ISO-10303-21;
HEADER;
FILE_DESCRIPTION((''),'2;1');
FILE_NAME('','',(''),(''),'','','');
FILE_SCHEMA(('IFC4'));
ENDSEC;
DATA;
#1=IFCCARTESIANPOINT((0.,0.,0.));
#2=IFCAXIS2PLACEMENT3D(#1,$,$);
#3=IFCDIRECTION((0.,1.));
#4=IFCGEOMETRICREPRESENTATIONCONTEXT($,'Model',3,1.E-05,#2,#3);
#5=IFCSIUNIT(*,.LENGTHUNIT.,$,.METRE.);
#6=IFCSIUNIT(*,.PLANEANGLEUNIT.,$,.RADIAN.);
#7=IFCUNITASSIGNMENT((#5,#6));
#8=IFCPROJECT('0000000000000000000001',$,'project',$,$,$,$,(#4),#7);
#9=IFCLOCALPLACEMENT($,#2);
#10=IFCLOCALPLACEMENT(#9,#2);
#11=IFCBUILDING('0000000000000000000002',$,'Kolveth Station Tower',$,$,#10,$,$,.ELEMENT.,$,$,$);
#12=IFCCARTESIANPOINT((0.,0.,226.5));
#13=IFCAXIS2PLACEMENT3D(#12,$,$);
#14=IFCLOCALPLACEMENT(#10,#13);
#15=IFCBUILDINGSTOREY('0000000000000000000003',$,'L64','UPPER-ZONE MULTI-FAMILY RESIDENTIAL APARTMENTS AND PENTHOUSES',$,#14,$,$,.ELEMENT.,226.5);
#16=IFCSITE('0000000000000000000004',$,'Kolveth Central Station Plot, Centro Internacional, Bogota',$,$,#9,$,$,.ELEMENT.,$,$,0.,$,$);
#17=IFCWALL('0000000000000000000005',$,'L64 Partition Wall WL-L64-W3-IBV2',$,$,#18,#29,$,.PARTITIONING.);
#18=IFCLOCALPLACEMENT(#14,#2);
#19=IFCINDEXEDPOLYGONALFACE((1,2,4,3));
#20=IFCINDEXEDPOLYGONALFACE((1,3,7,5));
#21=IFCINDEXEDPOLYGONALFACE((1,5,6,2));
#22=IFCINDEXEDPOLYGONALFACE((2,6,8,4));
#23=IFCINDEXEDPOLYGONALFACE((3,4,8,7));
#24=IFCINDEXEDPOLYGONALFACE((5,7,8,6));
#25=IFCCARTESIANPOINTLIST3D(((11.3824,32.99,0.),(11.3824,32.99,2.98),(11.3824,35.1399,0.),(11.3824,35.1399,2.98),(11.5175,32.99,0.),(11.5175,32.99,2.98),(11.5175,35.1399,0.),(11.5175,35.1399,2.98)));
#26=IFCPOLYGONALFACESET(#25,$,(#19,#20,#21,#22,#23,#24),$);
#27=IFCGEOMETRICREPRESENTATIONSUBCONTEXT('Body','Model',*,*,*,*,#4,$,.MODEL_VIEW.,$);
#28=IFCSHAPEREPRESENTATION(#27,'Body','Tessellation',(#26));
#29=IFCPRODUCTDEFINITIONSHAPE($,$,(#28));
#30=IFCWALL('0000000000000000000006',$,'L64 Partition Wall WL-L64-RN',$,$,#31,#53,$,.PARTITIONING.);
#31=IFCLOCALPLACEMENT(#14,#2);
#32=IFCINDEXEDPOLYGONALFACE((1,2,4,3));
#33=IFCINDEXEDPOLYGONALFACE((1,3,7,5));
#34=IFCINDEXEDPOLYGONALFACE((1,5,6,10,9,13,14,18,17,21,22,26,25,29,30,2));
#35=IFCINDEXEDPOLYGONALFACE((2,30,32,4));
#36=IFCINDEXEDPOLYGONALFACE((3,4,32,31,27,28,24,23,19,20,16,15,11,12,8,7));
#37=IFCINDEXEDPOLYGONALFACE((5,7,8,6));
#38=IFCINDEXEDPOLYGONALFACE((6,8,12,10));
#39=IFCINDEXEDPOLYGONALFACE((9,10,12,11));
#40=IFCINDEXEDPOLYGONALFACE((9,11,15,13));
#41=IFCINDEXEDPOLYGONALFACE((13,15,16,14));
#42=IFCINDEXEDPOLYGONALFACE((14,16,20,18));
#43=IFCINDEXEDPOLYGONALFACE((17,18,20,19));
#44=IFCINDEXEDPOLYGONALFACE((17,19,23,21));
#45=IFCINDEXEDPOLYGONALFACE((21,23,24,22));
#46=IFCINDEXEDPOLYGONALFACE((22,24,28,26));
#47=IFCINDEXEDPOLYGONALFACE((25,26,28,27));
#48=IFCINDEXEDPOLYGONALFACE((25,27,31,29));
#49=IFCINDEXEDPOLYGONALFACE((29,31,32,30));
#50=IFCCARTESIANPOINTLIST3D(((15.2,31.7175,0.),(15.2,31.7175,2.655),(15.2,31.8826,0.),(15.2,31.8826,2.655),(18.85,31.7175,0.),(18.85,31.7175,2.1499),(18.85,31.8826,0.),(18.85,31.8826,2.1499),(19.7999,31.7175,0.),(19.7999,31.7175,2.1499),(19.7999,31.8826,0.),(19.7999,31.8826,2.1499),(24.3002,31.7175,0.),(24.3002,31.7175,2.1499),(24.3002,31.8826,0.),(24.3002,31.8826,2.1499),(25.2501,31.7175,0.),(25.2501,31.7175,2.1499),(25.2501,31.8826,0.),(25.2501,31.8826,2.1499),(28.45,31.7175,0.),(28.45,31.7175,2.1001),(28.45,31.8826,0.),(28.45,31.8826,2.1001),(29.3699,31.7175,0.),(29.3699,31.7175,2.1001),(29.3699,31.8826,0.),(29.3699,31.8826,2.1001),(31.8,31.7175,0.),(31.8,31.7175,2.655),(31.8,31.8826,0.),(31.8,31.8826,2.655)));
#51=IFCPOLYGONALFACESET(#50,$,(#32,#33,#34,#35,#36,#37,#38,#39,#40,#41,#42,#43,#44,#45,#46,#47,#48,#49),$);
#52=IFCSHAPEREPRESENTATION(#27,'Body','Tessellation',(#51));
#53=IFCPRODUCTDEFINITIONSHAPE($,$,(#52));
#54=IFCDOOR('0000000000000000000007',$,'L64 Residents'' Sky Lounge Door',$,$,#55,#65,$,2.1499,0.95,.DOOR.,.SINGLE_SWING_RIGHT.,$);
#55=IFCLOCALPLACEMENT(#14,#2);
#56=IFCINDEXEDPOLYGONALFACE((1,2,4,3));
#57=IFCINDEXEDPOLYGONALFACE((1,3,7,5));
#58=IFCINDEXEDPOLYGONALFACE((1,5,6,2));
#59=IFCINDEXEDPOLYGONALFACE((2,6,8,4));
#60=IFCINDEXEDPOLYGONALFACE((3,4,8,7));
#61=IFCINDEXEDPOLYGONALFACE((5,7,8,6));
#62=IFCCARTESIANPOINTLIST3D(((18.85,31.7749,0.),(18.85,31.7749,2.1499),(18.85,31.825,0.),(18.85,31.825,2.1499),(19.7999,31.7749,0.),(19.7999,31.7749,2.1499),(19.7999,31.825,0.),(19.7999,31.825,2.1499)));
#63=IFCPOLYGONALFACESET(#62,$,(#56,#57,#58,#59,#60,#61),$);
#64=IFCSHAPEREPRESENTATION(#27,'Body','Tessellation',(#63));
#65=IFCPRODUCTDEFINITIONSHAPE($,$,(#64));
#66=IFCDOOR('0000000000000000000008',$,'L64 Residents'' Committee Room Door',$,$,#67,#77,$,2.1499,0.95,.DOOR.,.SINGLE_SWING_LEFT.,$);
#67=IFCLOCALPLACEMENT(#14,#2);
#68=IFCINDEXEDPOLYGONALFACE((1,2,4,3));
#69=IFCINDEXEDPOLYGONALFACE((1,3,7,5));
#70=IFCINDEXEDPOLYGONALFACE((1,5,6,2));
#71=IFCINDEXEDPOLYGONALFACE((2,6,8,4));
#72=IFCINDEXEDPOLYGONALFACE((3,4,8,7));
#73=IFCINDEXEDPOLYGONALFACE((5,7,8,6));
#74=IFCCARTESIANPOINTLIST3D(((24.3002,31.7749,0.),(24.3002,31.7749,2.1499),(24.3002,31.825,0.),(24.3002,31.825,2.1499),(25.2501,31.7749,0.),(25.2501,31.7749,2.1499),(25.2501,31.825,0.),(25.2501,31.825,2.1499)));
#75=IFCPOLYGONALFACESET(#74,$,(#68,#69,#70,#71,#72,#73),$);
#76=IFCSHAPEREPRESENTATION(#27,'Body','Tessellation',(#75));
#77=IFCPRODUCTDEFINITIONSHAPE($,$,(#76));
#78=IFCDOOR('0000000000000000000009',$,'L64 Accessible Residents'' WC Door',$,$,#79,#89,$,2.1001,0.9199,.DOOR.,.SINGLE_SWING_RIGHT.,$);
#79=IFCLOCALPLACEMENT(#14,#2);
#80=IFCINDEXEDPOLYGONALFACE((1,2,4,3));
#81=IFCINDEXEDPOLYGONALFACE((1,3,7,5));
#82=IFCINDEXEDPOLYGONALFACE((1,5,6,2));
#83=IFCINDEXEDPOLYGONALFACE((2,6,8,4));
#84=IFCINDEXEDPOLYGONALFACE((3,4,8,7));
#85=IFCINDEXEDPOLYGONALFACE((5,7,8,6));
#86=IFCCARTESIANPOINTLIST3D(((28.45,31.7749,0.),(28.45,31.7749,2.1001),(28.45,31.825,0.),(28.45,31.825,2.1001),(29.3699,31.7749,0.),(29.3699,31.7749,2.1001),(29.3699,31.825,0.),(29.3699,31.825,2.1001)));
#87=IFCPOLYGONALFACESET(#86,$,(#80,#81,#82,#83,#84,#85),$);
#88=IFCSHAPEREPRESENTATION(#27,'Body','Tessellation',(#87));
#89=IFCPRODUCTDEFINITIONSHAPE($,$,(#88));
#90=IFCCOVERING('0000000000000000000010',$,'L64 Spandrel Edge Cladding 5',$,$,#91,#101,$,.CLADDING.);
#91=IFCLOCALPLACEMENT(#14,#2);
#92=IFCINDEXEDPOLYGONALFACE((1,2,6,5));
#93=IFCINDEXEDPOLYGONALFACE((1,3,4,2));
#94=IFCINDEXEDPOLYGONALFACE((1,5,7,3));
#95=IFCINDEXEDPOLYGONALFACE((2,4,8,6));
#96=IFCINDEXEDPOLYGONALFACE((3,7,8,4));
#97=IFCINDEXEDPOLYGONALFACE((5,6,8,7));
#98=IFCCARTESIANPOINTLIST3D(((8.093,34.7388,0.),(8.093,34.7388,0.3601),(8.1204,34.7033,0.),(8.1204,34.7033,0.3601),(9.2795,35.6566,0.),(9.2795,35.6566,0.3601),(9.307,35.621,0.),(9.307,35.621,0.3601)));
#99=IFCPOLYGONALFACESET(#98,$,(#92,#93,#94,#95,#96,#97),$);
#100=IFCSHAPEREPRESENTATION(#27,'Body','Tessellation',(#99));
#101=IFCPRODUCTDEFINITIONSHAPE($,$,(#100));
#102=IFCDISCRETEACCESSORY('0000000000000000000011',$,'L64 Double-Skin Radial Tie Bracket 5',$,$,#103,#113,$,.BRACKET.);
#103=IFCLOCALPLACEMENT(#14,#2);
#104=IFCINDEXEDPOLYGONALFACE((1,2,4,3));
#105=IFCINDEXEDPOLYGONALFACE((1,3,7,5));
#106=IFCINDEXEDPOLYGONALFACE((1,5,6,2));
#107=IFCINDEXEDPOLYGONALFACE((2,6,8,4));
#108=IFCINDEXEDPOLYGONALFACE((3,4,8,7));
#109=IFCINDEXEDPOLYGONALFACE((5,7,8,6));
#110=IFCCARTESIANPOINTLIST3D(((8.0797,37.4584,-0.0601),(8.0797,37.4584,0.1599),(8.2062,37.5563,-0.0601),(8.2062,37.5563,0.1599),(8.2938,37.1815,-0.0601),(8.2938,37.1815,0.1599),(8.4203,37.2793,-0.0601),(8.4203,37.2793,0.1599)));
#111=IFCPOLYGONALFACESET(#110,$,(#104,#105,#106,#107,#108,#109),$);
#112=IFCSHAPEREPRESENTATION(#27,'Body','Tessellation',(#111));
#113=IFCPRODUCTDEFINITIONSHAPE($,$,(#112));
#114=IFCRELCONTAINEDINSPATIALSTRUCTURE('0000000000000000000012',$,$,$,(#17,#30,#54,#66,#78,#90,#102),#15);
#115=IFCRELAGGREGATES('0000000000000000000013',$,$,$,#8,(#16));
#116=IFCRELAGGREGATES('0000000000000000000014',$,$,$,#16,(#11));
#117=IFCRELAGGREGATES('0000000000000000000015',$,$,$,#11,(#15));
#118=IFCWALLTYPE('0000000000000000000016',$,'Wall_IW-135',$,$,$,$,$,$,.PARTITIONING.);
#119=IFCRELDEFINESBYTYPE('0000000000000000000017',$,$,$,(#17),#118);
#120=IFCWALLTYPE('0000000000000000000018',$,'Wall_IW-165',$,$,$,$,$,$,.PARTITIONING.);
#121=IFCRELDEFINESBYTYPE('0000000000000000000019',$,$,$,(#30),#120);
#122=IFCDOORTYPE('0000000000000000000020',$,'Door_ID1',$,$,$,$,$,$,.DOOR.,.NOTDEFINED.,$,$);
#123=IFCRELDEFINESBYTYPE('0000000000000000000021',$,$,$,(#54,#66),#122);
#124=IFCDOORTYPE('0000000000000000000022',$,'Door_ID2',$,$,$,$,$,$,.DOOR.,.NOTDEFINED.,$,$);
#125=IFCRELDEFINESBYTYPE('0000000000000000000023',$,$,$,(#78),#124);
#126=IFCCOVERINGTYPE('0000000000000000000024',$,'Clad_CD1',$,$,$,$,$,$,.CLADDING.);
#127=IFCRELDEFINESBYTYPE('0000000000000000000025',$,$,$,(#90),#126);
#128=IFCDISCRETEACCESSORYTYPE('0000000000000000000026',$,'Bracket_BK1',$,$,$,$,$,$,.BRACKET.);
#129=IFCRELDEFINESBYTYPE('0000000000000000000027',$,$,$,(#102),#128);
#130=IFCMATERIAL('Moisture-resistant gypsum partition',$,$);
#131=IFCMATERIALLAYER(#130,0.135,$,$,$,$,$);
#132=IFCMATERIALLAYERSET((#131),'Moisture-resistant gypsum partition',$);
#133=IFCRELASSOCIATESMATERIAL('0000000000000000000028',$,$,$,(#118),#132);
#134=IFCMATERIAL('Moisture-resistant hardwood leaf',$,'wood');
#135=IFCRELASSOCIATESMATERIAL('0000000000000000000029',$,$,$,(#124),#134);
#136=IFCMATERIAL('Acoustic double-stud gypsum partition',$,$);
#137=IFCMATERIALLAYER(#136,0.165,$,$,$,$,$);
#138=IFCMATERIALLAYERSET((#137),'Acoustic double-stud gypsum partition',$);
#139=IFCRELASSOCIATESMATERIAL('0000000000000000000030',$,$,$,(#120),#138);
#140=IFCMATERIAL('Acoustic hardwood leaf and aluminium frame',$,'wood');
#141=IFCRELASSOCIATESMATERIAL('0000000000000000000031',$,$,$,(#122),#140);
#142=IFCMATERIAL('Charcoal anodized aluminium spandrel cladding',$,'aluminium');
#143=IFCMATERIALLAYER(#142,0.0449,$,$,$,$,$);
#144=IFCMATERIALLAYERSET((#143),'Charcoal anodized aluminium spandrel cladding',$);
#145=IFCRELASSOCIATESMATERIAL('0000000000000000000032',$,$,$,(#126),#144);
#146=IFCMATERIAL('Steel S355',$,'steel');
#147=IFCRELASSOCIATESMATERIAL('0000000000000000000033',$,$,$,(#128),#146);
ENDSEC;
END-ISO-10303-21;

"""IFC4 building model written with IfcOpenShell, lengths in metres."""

from ifc_helpers import new_model, si_unit, direction, frame, frame_2d, origin, origin_2d, place, context, subcontext, project, spatial, rectangle, extrude, source, transform, mapped, material, layer, layer_set, type_object, element, fill, save


model = new_model("IFC4")

# Units and contexts
model_context = context("Model", 3, precision=1e-05, world=origin(), true_north=direction((0.0, 1.0)))
body_context = subcontext(model_context, "Body", "Model", "MODEL_VIEW")
ifc_project = project(units=[si_unit("LENGTHUNIT", "METRE"), si_unit("PLANEANGLEUNIT", "RADIAN")], contexts=[model_context])

# Site, building, storey
site_placement = place(None, origin())
site = spatial("IfcSite", under=ifc_project, at=site_placement, Name="Kolveth Central Station Plot, Centro Internacional, Bogota", CompositionType="ELEMENT", RefElevation=0.0)
building_placement = place(site_placement, origin())
building = spatial("IfcBuilding", under=site, at=building_placement, Name="Kolveth Station Tower", CompositionType="ELEMENT")
storey_placement = place(building_placement, frame((0.0, 0.0, 226.5)))
storey = spatial("IfcBuildingStorey", under=building, at=storey_placement, Name="L64", Description="UPPER-ZONE MULTI-FAMILY RESIDENTIAL APARTMENTS AND PENTHOUSES", CompositionType="ELEMENT", Elevation=226.5)

# Shared definitions
ifc_material_1 = material(Name="Steel S355", Category="steel")

# Shared definitions
ifc_material_2 = material(Name="Moisture-resistant gypsum partition")
ifc_layer_1 = layer(ifc_material_2, 0.135)
ifc_layer_set_1 = layer_set([ifc_layer_1], Name="Moisture-resistant gypsum partition")
wall_type_1 = type_object("IfcWallType", Name="Wall_IW-135", PredefinedType="PARTITIONING", material=ifc_layer_set_1)
ifc_material_3 = material(Name="Moisture-resistant hardwood leaf", Category="wood")
door_type_1 = type_object("IfcDoorType", Name="Door_ID2", OperationType="NOTDEFINED", PredefinedType="DOOR", material=ifc_material_3)

# Wall
for number, where, z_axis, x_axis, name in (
    (1, (11.45, 32.99, 0.0), (0.0, 0.0, 1.0), (0.0, 1.0, 0.0), "L64 Partition Wall WL-L64-W3-IBV2"),
):
    element("IfcWall", number, at=place(storey_placement, frame(where, z_axis=z_axis, x_axis=x_axis)), inside=storey, type_object=wall_type_1, Name=name, PredefinedType="PARTITIONING", context=body_context, shape_type="SweptSolid", body=[
        extrude(rectangle(XDim=2.1499, YDim=0.135, at=frame_2d((1.075, 0.0))), origin(), (0.0, 0.0, 1.0), 2.98),
    ])

# Wall, openings, doors
ifc_material_4 = material(Name="Acoustic double-stud gypsum partition")
ifc_layer_2 = layer(ifc_material_4, 0.165)
ifc_layer_set_2 = layer_set([ifc_layer_2], Name="Acoustic double-stud gypsum partition")
wall_type_2 = type_object("IfcWallType", Name="Wall_IW-165", PredefinedType="PARTITIONING", material=ifc_layer_set_2)
wall_1_placement = place(storey_placement, frame((15.2, 31.8, 0.0), z_axis=(0.0, 0.0, 1.0), x_axis=(1.0, 0.0, 0.0)))
wall_1 = element("IfcWall", 2, at=wall_1_placement, inside=storey, type_object=wall_type_2, Name="L64 Partition Wall WL-L64-RN", PredefinedType="PARTITIONING", context=body_context, shape_type="SweptSolid", body=[
    extrude(rectangle(XDim=16.6001, YDim=0.165, at=frame_2d((8.3, 0.0))), origin(), (0.0, 0.0, 1.0), 2.655),
])
opening_1_placement = place(wall_1_placement, frame((3.6499, 0.0, 0.0)))
opening_1 = element("IfcOpeningElement", 3, at=opening_1_placement, cuts=wall_1, PredefinedType="OPENING", context=body_context, shape_type="SweptSolid", body=[
    extrude(rectangle(XDim=0.95, YDim=2.1499, at=frame_2d((0.4751, 1.075))), frame((0.0, 0.0925, 0.0), z_axis=(0.0, -1.0, 0.0), x_axis=(1.0, 0.0, 0.0)), (0.0, 0.0, 1.0), 0.1851),
])
opening_2_placement = place(wall_1_placement, frame((9.1001, 0.0, 0.0)))
opening_2 = element("IfcOpeningElement", 4, at=opening_2_placement, cuts=wall_1, PredefinedType="OPENING", context=body_context, shape_type="SweptSolid", body=[
    extrude(rectangle(XDim=0.95, YDim=2.1499, at=frame_2d((0.4751, 1.075))), frame((0.0, 0.0925, 0.0), z_axis=(0.0, -1.0, 0.0), x_axis=(1.0, 0.0, 0.0)), (0.0, 0.0, 1.0), 0.1851),
])
opening_3_placement = place(wall_1_placement, frame((13.25, 0.0, 0.0)))
opening_3 = element("IfcOpeningElement", 5, at=opening_3_placement, cuts=wall_1, PredefinedType="OPENING", context=body_context, shape_type="SweptSolid", body=[
    extrude(rectangle(XDim=0.9199, YDim=2.1001, at=frame_2d((0.46, 1.05))), frame((0.0, 0.0925, 0.0), z_axis=(0.0, -1.0, 0.0), x_axis=(1.0, 0.0, 0.0)), (0.0, 0.0, 1.0), 0.1851),
])
ifc_material_5 = material(Name="Acoustic hardwood leaf and aluminium frame", Category="wood")
door_type_2 = type_object("IfcDoorType", Name="Door_ID1", OperationType="NOTDEFINED", PredefinedType="DOOR", material=ifc_material_5)
door_1_placement = place(opening_1_placement, origin())
door_1 = element("IfcDoor", 6, at=door_1_placement, inside=storey, type_object=door_type_2, Name="L64 Residents' Sky Lounge Door", OperationType="SINGLE_SWING_RIGHT", OverallHeight=2.1499, OverallWidth=0.95, PredefinedType="DOOR", context=body_context, shape_type="SweptSolid", body=[
    extrude(rectangle(XDim=0.95, YDim=2.1499, at=frame_2d((0.4751, 1.075))), frame((0.0, 0.0249, 0.0), z_axis=(0.0, -1.0, 0.0), x_axis=(1.0, 0.0, 0.0)), (0.0, 0.0, 1.0), 0.05),
])
fill(opening_1, door_1)
door_2_placement = place(opening_2_placement, origin())
door_2 = element("IfcDoor", 7, at=door_2_placement, inside=storey, type_object=door_type_2, Name="L64 Residents' Committee Room Door", OperationType="SINGLE_SWING_LEFT", OverallHeight=2.1499, OverallWidth=0.95, PredefinedType="DOOR", context=body_context, shape_type="SweptSolid", body=[
    extrude(rectangle(XDim=0.95, YDim=2.1499, at=frame_2d((0.4751, 1.075))), frame((0.0, 0.0249, 0.0), z_axis=(0.0, -1.0, 0.0), x_axis=(1.0, 0.0, 0.0)), (0.0, 0.0, 1.0), 0.05),
])
fill(opening_2, door_2)
door_3_placement = place(opening_3_placement, origin())
door_3 = element("IfcDoor", 8, at=door_3_placement, inside=storey, type_object=door_type_1, Name="L64 Accessible Residents' WC Door", OperationType="SINGLE_SWING_RIGHT", OverallHeight=2.1001, OverallWidth=0.9199, PredefinedType="DOOR", context=body_context, shape_type="SweptSolid", body=[
    extrude(rectangle(XDim=0.9199, YDim=2.1001, at=frame_2d((0.46, 1.05))), frame((0.0, 0.0249, 0.0), z_axis=(0.0, -1.0, 0.0), x_axis=(1.0, 0.0, 0.0)), (0.0, 0.0, 1.0), 0.05),
])
fill(opening_3, door_3)

# Covering
ifc_material_6 = material(Name="Charcoal anodized aluminium spandrel cladding", Category="aluminium")
ifc_layer_3 = layer(ifc_material_6, 0.0449)
ifc_layer_set_3 = layer_set([ifc_layer_3], Name="Charcoal anodized aluminium spandrel cladding")
covering_type = type_object("IfcCoveringType", Name="Clad_CD1", PredefinedType="CLADDING", material=ifc_layer_set_3)
shared_shape_1 = source(origin(), body_context, "Body", "SweptSolid", [
    extrude(rectangle(XDim=1.5, YDim=0.0449, at=origin_2d()), origin(), (0.0, 0.0, 1.0), 0.3601),
])
covering_placement = place(storey_placement, frame((8.7, 35.1799, 0.0), z_axis=(0.0, 0.0, 1.0), x_axis=(-0.79101, -0.611803, 0.0)))
element("IfcCovering", 9, at=covering_placement, inside=storey, type_object=covering_type, Name="L64 Spandrel Edge Cladding 5", PredefinedType="CLADDING", context=body_context, shape_type="MappedRepresentation", body=[
    mapped(shared_shape_1, transform((0.0, 0.0, 0.0), x_axis=(1.0, 0.0, 0.0), y_axis=(0.0, 1.0, 0.0), z_axis=(0.0, 0.0, 1.0), scale=1.0)),
])

# Discrete accessory
discrete_accessory_type = type_object("IfcDiscreteAccessoryType", Name="Bracket_BK1", PredefinedType="BRACKET", material=ifc_material_1)
shared_shape_2 = source(origin(), body_context, "Body", "SweptSolid", [
    extrude(rectangle(XDim=0.3501, YDim=0.1599, at=origin_2d()), origin(), (0.0, 0.0, 1.0), 0.22),
])
discrete_accessory_placement = place(storey_placement, frame((8.25, 37.3689, -0.0601), z_axis=(0.0, 0.0, 1.0), x_axis=(-0.611803, 0.79101, 0.0)))
element("IfcDiscreteAccessory", 10, at=discrete_accessory_placement, inside=storey, type_object=discrete_accessory_type, Name="L64 Double-Skin Radial Tie Bracket 5", PredefinedType="BRACKET", context=body_context, shape_type="MappedRepresentation", body=[
    mapped(shared_shape_2, transform((0.0, 0.0, 0.0), x_axis=(1.0, 0.0, 0.0), y_axis=(0.0, 1.0, 0.0), z_axis=(0.0, 0.0, 1.0), scale=1.0)),
])

save(model, "model.ifc")
